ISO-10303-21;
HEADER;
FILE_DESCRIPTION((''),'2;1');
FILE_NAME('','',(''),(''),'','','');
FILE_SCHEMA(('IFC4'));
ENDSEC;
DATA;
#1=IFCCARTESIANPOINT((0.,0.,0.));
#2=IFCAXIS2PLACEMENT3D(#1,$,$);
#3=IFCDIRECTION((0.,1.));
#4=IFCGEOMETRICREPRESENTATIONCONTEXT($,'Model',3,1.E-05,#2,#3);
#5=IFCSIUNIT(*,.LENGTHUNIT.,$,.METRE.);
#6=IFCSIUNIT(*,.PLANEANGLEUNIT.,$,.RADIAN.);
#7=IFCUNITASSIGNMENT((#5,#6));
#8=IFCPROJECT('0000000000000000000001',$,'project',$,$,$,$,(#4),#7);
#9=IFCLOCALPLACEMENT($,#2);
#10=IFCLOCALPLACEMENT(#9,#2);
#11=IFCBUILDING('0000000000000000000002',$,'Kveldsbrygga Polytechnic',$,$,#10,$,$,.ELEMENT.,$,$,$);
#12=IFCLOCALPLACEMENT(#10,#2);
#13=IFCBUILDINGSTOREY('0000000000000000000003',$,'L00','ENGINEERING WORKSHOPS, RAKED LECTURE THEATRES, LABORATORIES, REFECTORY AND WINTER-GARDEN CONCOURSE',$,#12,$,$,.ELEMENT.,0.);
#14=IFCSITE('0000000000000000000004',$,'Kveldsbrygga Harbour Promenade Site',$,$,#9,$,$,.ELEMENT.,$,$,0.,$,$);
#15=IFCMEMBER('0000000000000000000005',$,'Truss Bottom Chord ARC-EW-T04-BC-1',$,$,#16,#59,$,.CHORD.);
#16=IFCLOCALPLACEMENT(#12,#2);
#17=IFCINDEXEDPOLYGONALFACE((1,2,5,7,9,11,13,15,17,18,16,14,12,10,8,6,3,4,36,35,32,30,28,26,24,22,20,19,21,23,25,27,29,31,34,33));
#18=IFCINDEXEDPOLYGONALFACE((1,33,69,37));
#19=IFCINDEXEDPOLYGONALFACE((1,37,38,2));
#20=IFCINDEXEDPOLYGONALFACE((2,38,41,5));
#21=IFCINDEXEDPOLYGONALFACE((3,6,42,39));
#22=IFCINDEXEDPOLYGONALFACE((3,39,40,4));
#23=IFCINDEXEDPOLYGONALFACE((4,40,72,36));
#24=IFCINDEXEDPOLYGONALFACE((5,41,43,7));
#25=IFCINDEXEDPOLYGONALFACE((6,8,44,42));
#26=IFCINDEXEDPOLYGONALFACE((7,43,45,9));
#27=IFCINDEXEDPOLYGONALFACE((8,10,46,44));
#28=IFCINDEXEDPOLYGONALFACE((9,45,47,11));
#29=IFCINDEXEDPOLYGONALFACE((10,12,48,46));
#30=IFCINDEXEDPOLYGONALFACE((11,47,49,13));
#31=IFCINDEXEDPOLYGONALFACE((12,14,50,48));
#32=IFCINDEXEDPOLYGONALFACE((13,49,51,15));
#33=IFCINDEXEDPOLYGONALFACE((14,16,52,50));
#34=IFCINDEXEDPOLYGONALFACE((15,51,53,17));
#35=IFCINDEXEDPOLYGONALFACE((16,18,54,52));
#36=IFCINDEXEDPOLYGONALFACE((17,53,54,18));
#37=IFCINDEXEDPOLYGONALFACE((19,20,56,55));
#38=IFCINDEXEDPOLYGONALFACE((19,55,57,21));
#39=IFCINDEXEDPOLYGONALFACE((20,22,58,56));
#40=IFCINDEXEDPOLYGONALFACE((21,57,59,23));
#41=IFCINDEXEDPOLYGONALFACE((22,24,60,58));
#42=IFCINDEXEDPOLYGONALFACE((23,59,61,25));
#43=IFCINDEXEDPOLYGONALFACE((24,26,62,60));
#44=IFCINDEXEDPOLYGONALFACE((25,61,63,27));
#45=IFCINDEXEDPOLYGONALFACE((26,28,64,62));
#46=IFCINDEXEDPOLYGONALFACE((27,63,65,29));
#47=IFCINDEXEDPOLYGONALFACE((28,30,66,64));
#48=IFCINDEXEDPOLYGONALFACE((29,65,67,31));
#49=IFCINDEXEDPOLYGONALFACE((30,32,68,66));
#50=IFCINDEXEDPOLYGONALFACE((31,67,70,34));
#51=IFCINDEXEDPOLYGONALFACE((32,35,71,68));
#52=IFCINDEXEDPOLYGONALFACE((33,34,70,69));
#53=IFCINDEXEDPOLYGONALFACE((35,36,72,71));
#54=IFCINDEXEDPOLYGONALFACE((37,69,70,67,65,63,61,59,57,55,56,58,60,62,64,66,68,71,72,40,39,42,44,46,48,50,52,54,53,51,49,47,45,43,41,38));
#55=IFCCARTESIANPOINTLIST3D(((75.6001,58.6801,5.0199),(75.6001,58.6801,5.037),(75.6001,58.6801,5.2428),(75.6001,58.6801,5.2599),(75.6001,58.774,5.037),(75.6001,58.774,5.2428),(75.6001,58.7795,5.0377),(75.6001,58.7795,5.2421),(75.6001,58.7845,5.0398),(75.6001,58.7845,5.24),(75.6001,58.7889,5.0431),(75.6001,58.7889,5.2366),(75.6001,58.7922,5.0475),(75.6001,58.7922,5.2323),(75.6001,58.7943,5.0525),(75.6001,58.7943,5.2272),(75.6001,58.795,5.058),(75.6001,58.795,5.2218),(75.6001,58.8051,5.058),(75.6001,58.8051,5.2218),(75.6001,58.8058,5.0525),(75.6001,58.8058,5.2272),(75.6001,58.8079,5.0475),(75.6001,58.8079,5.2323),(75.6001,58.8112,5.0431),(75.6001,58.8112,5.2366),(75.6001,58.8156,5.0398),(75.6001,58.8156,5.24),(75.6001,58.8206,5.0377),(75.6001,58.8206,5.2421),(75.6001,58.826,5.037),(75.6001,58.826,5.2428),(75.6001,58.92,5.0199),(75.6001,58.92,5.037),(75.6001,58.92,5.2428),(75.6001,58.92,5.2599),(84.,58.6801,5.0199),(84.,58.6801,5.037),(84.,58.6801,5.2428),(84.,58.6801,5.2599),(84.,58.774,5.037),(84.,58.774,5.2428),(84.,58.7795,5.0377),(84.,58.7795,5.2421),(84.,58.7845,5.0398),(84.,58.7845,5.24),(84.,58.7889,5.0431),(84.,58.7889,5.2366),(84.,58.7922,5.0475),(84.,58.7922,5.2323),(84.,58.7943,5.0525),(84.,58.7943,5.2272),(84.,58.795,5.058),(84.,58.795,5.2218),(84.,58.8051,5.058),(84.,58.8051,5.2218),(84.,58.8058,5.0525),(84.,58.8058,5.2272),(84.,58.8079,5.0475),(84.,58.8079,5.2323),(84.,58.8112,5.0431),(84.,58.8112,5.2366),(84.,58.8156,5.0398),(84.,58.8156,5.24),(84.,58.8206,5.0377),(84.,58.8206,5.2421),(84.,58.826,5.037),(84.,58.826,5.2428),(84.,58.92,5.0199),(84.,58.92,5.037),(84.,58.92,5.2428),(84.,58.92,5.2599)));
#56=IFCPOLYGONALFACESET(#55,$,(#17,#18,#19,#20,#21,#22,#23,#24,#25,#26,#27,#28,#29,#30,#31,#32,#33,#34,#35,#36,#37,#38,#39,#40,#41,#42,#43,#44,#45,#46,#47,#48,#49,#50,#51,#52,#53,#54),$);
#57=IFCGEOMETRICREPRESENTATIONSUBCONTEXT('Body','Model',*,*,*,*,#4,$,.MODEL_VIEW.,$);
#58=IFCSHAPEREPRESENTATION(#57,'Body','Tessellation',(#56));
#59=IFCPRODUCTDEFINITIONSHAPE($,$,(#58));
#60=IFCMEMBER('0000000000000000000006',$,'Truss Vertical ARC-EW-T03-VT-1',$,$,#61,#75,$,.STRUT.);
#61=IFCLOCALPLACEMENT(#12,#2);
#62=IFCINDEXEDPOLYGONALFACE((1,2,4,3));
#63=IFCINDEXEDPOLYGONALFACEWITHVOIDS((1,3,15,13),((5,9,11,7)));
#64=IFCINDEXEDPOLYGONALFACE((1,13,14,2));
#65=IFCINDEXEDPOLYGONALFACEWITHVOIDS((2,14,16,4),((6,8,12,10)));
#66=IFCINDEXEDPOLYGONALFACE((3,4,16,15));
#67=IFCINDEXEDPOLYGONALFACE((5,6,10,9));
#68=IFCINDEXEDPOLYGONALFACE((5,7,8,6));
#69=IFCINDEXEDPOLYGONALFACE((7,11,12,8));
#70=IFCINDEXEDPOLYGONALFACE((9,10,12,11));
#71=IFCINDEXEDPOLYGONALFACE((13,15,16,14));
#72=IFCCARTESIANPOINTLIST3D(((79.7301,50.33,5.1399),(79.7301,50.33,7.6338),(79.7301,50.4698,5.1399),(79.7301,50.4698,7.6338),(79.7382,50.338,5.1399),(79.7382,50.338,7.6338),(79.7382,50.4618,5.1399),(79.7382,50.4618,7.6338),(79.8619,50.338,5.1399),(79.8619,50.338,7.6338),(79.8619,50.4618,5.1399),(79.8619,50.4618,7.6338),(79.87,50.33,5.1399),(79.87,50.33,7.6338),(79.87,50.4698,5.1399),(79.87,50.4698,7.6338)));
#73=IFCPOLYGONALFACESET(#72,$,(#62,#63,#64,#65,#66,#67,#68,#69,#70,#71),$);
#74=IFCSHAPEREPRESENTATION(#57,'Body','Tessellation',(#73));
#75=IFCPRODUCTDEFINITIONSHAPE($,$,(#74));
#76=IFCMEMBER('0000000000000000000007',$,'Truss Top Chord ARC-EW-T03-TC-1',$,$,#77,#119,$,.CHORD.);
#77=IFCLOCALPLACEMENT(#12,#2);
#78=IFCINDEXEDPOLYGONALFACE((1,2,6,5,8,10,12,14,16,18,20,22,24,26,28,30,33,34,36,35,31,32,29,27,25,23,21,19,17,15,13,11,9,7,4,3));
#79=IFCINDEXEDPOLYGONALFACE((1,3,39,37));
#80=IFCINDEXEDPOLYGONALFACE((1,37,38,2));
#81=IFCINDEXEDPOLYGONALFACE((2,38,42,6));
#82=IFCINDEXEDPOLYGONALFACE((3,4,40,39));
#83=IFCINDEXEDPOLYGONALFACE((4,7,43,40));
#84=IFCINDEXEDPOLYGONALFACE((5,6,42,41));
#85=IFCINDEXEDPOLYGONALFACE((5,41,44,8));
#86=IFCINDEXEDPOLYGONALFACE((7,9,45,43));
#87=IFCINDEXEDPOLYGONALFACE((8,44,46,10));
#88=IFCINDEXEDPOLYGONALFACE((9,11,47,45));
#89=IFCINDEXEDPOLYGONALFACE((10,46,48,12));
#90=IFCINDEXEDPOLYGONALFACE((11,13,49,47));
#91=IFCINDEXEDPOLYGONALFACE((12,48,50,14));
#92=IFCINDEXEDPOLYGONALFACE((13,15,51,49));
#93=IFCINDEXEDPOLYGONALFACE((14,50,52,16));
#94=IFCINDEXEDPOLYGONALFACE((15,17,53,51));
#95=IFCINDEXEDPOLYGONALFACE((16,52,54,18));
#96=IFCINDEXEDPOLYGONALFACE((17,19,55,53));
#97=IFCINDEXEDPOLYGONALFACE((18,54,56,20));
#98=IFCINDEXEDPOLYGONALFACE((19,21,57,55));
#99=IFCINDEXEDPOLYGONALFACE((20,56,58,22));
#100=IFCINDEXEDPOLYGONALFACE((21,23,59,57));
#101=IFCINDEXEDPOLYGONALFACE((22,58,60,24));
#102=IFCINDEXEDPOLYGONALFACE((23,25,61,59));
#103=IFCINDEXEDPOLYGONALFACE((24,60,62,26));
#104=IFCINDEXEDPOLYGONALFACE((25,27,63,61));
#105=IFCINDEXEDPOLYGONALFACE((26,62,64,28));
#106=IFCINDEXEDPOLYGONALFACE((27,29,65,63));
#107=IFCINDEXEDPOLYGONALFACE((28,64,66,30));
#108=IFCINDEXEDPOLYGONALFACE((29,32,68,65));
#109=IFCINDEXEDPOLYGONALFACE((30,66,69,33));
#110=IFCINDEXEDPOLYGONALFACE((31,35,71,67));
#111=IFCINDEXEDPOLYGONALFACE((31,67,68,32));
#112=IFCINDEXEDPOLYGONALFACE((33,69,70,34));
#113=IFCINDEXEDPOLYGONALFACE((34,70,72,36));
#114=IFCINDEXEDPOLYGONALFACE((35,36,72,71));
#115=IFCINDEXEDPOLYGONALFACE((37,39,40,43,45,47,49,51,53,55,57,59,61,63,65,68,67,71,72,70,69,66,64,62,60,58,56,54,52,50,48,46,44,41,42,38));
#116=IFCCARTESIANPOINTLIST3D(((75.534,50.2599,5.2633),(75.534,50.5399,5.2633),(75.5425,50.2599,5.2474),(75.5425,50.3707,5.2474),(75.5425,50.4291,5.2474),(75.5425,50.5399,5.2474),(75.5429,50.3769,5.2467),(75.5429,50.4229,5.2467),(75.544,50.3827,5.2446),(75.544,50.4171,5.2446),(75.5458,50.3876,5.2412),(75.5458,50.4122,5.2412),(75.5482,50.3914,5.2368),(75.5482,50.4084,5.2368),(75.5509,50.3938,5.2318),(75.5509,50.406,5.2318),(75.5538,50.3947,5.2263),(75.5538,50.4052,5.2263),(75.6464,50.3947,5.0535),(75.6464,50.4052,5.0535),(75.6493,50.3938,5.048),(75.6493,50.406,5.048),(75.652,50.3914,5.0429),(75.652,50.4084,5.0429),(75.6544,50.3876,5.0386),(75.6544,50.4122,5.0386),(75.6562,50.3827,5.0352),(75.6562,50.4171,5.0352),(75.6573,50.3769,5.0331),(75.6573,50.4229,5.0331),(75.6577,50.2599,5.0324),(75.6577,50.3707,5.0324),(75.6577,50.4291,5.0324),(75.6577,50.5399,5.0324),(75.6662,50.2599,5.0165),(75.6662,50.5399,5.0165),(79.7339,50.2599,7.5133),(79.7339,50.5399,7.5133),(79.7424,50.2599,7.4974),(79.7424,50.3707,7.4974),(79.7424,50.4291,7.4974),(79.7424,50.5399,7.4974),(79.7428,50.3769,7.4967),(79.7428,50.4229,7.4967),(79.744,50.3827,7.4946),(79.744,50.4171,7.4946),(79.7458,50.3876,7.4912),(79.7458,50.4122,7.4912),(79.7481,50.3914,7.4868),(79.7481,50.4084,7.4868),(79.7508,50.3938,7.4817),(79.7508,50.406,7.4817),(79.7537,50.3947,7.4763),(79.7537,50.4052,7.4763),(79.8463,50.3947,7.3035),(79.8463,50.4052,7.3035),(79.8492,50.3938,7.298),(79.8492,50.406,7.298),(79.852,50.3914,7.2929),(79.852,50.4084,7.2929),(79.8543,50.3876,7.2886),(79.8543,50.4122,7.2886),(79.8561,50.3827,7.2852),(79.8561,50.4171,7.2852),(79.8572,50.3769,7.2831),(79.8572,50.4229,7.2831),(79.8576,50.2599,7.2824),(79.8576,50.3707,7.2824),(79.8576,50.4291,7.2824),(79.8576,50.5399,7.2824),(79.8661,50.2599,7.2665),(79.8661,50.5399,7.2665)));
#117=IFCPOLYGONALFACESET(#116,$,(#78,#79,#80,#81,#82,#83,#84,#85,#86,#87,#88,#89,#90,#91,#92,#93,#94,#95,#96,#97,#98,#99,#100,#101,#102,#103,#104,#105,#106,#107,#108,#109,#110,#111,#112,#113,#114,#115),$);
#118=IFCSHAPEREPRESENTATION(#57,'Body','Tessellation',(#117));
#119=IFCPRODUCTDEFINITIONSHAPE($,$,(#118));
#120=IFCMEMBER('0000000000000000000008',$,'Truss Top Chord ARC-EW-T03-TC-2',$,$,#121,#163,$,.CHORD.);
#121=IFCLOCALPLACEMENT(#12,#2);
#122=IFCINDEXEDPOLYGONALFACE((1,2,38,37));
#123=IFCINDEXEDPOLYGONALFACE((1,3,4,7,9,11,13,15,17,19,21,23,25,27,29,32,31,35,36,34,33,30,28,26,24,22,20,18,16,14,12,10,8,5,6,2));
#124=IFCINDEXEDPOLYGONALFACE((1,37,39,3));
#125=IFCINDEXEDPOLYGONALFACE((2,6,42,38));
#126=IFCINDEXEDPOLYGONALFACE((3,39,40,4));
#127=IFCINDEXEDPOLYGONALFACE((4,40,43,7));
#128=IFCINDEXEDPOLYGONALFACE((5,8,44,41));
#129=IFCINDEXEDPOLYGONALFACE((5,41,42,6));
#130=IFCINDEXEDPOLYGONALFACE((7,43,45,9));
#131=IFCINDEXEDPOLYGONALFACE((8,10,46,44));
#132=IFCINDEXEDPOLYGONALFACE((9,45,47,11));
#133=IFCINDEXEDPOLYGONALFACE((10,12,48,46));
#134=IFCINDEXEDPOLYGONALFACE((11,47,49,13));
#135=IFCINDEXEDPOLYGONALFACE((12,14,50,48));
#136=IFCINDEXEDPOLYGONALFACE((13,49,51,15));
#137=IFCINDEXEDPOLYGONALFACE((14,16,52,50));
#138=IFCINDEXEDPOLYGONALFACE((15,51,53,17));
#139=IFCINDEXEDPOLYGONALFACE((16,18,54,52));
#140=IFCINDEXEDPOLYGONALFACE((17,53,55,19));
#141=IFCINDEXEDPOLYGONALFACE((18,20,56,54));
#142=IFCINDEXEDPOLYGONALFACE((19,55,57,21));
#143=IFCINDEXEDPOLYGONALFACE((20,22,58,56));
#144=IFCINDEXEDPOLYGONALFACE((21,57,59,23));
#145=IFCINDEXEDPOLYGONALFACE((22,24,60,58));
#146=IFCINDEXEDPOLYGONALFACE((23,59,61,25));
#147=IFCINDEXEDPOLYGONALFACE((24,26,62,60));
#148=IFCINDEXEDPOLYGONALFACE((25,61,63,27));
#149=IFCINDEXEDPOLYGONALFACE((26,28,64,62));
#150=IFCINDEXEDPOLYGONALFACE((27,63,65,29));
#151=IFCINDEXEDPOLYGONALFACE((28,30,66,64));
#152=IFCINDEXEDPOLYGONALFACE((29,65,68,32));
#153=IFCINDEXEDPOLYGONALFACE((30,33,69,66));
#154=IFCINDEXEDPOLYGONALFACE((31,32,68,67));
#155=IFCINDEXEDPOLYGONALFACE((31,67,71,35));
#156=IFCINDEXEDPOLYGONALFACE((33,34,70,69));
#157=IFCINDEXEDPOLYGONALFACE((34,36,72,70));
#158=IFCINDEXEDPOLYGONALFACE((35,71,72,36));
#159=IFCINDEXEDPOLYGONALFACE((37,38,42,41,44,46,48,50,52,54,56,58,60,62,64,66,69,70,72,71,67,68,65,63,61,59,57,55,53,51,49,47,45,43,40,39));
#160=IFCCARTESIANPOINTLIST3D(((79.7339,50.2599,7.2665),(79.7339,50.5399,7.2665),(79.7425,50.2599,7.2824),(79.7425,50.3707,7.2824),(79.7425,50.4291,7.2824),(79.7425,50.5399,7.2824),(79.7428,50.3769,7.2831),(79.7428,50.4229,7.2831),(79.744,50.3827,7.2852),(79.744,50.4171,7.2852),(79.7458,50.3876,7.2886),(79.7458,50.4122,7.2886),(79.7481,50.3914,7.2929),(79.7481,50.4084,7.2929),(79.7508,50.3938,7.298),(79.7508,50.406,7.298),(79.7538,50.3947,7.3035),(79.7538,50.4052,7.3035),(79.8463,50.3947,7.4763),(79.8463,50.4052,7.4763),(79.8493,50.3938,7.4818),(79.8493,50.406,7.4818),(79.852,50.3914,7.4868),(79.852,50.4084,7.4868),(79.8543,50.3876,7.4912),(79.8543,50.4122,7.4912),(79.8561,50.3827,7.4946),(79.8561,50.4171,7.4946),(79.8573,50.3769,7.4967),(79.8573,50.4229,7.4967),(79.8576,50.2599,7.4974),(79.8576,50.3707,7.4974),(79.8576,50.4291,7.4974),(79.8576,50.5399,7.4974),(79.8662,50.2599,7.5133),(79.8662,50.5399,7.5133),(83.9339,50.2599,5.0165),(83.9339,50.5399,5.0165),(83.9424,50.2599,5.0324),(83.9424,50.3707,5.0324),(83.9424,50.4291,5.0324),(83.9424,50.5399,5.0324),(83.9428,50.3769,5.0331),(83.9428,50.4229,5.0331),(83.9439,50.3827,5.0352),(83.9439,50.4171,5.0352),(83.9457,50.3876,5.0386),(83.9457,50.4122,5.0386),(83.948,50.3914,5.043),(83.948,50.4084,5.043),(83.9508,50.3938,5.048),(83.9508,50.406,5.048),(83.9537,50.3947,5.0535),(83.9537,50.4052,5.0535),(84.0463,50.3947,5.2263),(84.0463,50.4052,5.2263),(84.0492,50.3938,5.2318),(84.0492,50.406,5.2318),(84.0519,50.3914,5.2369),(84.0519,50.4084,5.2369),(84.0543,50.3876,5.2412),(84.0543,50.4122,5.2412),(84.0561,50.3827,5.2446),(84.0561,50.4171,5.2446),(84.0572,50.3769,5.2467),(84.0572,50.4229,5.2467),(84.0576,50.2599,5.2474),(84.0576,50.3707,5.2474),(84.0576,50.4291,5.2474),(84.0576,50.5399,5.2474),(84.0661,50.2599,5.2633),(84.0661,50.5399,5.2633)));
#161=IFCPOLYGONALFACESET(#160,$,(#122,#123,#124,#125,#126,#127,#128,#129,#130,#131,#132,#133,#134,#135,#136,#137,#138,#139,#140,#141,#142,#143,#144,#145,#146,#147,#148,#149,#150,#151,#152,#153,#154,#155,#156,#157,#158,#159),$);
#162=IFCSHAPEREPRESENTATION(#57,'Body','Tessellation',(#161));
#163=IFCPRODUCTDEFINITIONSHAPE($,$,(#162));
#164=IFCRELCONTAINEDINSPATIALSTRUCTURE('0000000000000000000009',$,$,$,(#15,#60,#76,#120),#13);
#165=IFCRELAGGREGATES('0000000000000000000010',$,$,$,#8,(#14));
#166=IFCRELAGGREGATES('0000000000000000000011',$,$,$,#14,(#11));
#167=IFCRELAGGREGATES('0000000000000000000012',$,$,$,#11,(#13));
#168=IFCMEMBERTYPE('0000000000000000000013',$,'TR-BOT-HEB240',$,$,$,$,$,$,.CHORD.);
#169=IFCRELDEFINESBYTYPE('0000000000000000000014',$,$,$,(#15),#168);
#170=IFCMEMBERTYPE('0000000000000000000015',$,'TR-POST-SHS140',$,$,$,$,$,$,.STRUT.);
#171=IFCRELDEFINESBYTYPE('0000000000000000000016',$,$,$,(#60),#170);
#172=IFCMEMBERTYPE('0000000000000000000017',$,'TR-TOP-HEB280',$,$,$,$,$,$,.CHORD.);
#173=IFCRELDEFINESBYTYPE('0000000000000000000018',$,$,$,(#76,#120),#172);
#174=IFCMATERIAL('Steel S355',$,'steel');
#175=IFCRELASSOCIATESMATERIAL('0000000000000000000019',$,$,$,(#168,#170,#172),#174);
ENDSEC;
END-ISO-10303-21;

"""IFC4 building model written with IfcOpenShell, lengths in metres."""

from ifc_helpers import new_model, si_unit, direction, frame, origin, origin_2d, place, context, subcontext, project, spatial, hollow_rectangle, i_section, extrude, material, material_profile, profile_set, type_object, element, save


model = new_model("IFC4")

# Units and contexts
model_context = context("Model", 3, precision=1e-05, world=origin(), true_north=direction((0.0, 1.0)))
body_context = subcontext(model_context, "Body", "Model", "MODEL_VIEW")
ifc_project = project(units=[si_unit("LENGTHUNIT", "METRE"), si_unit("PLANEANGLEUNIT", "RADIAN")], contexts=[model_context])

# Site, building, storey
site_placement = place(None, origin())
site = spatial("IfcSite", under=ifc_project, at=site_placement, Name="Kveldsbrygga Harbour Promenade Site", CompositionType="ELEMENT", RefElevation=0.0)
building_placement = place(site_placement, origin())
building = spatial("IfcBuilding", under=site, at=building_placement, Name="Kveldsbrygga Polytechnic", CompositionType="ELEMENT")
storey_placement = place(building_placement, origin())
storey = spatial("IfcBuildingStorey", under=building, at=storey_placement, Name="L00", Description="ENGINEERING WORKSHOPS, RAKED LECTURE THEATRES, LABORATORIES, REFECTORY AND WINTER-GARDEN CONCOURSE", CompositionType="ELEMENT", Elevation=0.0)

# Members
ifc_material_1 = material(Name="Steel S355", Category="steel")
ifc_material_profile_1 = material_profile(ifc_material_1, i_section(OverallWidth=0.24, OverallDepth=0.24, WebThickness=0.01, FlangeThickness=0.0171, FilletRadius=0.021, at=origin_2d()), Name="HEB 240")
ifc_profile_set_1 = profile_set([ifc_material_profile_1], Name="Steel S355")
member_type_1 = type_object("IfcMemberType", Name="TR-BOT-HEB240", PredefinedType="CHORD", material=ifc_profile_set_1)
for number, where, z_axis, x_axis, name in (
    (1, (75.6001, 58.8, 5.1399), (1.0, 0.0, 0.0), (0.0, 1.0, 0.0), "Truss Bottom Chord ARC-EW-T04-BC-1"),
):
    element("IfcMember", number, at=place(storey_placement, frame(where, z_axis=z_axis, x_axis=x_axis)), inside=storey, type_object=member_type_1, Name=name, PredefinedType="CHORD", context=body_context, shape_type="SweptSolid", body=[
        extrude(i_section(OverallWidth=0.24, OverallDepth=0.24, WebThickness=0.01, FlangeThickness=0.0171, FilletRadius=0.021, at=origin_2d()), origin(), (0.0, 0.0, 1.0), 8.3999),
    ])
ifc_material_profile_2 = material_profile(ifc_material_1, hollow_rectangle(XDim=0.1399, YDim=0.1399, WallThickness=0.0081, at=origin_2d()), Name="SHS 140x140x8.0")
ifc_profile_set_2 = profile_set([ifc_material_profile_2], Name="Steel S355")
member_type_2 = type_object("IfcMemberType", Name="TR-POST-SHS140", PredefinedType="STRUT", material=ifc_profile_set_2)
member_1_placement = place(storey_placement, frame((79.8, 50.3999, 5.1399), z_axis=(0.0, 0.0, 1.0), x_axis=(1.0, 0.0, 0.0)))
element("IfcMember", 2, at=member_1_placement, inside=storey, type_object=member_type_2, Name="Truss Vertical ARC-EW-T03-VT-1", PredefinedType="STRUT", context=body_context, shape_type="SweptSolid", body=[
    extrude(hollow_rectangle(XDim=0.1399, YDim=0.1399, WallThickness=0.0081, at=origin_2d()), origin(), (0.0, 0.0, 1.0), 2.4939),
])
ifc_material_profile_3 = material_profile(ifc_material_1, i_section(OverallWidth=0.28, OverallDepth=0.28, WebThickness=0.0105, FlangeThickness=0.0181, FilletRadius=0.0239, at=origin_2d()), Name="HEB 280")
ifc_profile_set_3 = profile_set([ifc_material_profile_3], Name="Steel S355")
member_type_3 = type_object("IfcMemberType", Name="TR-TOP-HEB280", PredefinedType="CHORD", material=ifc_profile_set_3)
for number, where, z_axis, x_axis, name in (
    (3, (75.6001, 50.3999, 5.1399), (0.881478, 0.0, 0.472226), (0.0, 1.0, 0.0), "Truss Top Chord ARC-EW-T03-TC-1"),
    (4, (79.8, 50.3999, 7.3899), (0.881478, 0.0, -0.472226), (0.0, 1.0, 0.0), "Truss Top Chord ARC-EW-T03-TC-2"),
):
    element("IfcMember", number, at=place(storey_placement, frame(where, z_axis=z_axis, x_axis=x_axis)), inside=storey, type_object=member_type_3, Name=name, PredefinedType="CHORD", context=body_context, shape_type="SweptSolid", body=[
        extrude(i_section(OverallWidth=0.28, OverallDepth=0.28, WebThickness=0.0105, FlangeThickness=0.0181, FilletRadius=0.0239, at=origin_2d()), origin(), (0.0, 0.0, 1.0), 4.7646),
    ])

save(model, "model.ifc")
